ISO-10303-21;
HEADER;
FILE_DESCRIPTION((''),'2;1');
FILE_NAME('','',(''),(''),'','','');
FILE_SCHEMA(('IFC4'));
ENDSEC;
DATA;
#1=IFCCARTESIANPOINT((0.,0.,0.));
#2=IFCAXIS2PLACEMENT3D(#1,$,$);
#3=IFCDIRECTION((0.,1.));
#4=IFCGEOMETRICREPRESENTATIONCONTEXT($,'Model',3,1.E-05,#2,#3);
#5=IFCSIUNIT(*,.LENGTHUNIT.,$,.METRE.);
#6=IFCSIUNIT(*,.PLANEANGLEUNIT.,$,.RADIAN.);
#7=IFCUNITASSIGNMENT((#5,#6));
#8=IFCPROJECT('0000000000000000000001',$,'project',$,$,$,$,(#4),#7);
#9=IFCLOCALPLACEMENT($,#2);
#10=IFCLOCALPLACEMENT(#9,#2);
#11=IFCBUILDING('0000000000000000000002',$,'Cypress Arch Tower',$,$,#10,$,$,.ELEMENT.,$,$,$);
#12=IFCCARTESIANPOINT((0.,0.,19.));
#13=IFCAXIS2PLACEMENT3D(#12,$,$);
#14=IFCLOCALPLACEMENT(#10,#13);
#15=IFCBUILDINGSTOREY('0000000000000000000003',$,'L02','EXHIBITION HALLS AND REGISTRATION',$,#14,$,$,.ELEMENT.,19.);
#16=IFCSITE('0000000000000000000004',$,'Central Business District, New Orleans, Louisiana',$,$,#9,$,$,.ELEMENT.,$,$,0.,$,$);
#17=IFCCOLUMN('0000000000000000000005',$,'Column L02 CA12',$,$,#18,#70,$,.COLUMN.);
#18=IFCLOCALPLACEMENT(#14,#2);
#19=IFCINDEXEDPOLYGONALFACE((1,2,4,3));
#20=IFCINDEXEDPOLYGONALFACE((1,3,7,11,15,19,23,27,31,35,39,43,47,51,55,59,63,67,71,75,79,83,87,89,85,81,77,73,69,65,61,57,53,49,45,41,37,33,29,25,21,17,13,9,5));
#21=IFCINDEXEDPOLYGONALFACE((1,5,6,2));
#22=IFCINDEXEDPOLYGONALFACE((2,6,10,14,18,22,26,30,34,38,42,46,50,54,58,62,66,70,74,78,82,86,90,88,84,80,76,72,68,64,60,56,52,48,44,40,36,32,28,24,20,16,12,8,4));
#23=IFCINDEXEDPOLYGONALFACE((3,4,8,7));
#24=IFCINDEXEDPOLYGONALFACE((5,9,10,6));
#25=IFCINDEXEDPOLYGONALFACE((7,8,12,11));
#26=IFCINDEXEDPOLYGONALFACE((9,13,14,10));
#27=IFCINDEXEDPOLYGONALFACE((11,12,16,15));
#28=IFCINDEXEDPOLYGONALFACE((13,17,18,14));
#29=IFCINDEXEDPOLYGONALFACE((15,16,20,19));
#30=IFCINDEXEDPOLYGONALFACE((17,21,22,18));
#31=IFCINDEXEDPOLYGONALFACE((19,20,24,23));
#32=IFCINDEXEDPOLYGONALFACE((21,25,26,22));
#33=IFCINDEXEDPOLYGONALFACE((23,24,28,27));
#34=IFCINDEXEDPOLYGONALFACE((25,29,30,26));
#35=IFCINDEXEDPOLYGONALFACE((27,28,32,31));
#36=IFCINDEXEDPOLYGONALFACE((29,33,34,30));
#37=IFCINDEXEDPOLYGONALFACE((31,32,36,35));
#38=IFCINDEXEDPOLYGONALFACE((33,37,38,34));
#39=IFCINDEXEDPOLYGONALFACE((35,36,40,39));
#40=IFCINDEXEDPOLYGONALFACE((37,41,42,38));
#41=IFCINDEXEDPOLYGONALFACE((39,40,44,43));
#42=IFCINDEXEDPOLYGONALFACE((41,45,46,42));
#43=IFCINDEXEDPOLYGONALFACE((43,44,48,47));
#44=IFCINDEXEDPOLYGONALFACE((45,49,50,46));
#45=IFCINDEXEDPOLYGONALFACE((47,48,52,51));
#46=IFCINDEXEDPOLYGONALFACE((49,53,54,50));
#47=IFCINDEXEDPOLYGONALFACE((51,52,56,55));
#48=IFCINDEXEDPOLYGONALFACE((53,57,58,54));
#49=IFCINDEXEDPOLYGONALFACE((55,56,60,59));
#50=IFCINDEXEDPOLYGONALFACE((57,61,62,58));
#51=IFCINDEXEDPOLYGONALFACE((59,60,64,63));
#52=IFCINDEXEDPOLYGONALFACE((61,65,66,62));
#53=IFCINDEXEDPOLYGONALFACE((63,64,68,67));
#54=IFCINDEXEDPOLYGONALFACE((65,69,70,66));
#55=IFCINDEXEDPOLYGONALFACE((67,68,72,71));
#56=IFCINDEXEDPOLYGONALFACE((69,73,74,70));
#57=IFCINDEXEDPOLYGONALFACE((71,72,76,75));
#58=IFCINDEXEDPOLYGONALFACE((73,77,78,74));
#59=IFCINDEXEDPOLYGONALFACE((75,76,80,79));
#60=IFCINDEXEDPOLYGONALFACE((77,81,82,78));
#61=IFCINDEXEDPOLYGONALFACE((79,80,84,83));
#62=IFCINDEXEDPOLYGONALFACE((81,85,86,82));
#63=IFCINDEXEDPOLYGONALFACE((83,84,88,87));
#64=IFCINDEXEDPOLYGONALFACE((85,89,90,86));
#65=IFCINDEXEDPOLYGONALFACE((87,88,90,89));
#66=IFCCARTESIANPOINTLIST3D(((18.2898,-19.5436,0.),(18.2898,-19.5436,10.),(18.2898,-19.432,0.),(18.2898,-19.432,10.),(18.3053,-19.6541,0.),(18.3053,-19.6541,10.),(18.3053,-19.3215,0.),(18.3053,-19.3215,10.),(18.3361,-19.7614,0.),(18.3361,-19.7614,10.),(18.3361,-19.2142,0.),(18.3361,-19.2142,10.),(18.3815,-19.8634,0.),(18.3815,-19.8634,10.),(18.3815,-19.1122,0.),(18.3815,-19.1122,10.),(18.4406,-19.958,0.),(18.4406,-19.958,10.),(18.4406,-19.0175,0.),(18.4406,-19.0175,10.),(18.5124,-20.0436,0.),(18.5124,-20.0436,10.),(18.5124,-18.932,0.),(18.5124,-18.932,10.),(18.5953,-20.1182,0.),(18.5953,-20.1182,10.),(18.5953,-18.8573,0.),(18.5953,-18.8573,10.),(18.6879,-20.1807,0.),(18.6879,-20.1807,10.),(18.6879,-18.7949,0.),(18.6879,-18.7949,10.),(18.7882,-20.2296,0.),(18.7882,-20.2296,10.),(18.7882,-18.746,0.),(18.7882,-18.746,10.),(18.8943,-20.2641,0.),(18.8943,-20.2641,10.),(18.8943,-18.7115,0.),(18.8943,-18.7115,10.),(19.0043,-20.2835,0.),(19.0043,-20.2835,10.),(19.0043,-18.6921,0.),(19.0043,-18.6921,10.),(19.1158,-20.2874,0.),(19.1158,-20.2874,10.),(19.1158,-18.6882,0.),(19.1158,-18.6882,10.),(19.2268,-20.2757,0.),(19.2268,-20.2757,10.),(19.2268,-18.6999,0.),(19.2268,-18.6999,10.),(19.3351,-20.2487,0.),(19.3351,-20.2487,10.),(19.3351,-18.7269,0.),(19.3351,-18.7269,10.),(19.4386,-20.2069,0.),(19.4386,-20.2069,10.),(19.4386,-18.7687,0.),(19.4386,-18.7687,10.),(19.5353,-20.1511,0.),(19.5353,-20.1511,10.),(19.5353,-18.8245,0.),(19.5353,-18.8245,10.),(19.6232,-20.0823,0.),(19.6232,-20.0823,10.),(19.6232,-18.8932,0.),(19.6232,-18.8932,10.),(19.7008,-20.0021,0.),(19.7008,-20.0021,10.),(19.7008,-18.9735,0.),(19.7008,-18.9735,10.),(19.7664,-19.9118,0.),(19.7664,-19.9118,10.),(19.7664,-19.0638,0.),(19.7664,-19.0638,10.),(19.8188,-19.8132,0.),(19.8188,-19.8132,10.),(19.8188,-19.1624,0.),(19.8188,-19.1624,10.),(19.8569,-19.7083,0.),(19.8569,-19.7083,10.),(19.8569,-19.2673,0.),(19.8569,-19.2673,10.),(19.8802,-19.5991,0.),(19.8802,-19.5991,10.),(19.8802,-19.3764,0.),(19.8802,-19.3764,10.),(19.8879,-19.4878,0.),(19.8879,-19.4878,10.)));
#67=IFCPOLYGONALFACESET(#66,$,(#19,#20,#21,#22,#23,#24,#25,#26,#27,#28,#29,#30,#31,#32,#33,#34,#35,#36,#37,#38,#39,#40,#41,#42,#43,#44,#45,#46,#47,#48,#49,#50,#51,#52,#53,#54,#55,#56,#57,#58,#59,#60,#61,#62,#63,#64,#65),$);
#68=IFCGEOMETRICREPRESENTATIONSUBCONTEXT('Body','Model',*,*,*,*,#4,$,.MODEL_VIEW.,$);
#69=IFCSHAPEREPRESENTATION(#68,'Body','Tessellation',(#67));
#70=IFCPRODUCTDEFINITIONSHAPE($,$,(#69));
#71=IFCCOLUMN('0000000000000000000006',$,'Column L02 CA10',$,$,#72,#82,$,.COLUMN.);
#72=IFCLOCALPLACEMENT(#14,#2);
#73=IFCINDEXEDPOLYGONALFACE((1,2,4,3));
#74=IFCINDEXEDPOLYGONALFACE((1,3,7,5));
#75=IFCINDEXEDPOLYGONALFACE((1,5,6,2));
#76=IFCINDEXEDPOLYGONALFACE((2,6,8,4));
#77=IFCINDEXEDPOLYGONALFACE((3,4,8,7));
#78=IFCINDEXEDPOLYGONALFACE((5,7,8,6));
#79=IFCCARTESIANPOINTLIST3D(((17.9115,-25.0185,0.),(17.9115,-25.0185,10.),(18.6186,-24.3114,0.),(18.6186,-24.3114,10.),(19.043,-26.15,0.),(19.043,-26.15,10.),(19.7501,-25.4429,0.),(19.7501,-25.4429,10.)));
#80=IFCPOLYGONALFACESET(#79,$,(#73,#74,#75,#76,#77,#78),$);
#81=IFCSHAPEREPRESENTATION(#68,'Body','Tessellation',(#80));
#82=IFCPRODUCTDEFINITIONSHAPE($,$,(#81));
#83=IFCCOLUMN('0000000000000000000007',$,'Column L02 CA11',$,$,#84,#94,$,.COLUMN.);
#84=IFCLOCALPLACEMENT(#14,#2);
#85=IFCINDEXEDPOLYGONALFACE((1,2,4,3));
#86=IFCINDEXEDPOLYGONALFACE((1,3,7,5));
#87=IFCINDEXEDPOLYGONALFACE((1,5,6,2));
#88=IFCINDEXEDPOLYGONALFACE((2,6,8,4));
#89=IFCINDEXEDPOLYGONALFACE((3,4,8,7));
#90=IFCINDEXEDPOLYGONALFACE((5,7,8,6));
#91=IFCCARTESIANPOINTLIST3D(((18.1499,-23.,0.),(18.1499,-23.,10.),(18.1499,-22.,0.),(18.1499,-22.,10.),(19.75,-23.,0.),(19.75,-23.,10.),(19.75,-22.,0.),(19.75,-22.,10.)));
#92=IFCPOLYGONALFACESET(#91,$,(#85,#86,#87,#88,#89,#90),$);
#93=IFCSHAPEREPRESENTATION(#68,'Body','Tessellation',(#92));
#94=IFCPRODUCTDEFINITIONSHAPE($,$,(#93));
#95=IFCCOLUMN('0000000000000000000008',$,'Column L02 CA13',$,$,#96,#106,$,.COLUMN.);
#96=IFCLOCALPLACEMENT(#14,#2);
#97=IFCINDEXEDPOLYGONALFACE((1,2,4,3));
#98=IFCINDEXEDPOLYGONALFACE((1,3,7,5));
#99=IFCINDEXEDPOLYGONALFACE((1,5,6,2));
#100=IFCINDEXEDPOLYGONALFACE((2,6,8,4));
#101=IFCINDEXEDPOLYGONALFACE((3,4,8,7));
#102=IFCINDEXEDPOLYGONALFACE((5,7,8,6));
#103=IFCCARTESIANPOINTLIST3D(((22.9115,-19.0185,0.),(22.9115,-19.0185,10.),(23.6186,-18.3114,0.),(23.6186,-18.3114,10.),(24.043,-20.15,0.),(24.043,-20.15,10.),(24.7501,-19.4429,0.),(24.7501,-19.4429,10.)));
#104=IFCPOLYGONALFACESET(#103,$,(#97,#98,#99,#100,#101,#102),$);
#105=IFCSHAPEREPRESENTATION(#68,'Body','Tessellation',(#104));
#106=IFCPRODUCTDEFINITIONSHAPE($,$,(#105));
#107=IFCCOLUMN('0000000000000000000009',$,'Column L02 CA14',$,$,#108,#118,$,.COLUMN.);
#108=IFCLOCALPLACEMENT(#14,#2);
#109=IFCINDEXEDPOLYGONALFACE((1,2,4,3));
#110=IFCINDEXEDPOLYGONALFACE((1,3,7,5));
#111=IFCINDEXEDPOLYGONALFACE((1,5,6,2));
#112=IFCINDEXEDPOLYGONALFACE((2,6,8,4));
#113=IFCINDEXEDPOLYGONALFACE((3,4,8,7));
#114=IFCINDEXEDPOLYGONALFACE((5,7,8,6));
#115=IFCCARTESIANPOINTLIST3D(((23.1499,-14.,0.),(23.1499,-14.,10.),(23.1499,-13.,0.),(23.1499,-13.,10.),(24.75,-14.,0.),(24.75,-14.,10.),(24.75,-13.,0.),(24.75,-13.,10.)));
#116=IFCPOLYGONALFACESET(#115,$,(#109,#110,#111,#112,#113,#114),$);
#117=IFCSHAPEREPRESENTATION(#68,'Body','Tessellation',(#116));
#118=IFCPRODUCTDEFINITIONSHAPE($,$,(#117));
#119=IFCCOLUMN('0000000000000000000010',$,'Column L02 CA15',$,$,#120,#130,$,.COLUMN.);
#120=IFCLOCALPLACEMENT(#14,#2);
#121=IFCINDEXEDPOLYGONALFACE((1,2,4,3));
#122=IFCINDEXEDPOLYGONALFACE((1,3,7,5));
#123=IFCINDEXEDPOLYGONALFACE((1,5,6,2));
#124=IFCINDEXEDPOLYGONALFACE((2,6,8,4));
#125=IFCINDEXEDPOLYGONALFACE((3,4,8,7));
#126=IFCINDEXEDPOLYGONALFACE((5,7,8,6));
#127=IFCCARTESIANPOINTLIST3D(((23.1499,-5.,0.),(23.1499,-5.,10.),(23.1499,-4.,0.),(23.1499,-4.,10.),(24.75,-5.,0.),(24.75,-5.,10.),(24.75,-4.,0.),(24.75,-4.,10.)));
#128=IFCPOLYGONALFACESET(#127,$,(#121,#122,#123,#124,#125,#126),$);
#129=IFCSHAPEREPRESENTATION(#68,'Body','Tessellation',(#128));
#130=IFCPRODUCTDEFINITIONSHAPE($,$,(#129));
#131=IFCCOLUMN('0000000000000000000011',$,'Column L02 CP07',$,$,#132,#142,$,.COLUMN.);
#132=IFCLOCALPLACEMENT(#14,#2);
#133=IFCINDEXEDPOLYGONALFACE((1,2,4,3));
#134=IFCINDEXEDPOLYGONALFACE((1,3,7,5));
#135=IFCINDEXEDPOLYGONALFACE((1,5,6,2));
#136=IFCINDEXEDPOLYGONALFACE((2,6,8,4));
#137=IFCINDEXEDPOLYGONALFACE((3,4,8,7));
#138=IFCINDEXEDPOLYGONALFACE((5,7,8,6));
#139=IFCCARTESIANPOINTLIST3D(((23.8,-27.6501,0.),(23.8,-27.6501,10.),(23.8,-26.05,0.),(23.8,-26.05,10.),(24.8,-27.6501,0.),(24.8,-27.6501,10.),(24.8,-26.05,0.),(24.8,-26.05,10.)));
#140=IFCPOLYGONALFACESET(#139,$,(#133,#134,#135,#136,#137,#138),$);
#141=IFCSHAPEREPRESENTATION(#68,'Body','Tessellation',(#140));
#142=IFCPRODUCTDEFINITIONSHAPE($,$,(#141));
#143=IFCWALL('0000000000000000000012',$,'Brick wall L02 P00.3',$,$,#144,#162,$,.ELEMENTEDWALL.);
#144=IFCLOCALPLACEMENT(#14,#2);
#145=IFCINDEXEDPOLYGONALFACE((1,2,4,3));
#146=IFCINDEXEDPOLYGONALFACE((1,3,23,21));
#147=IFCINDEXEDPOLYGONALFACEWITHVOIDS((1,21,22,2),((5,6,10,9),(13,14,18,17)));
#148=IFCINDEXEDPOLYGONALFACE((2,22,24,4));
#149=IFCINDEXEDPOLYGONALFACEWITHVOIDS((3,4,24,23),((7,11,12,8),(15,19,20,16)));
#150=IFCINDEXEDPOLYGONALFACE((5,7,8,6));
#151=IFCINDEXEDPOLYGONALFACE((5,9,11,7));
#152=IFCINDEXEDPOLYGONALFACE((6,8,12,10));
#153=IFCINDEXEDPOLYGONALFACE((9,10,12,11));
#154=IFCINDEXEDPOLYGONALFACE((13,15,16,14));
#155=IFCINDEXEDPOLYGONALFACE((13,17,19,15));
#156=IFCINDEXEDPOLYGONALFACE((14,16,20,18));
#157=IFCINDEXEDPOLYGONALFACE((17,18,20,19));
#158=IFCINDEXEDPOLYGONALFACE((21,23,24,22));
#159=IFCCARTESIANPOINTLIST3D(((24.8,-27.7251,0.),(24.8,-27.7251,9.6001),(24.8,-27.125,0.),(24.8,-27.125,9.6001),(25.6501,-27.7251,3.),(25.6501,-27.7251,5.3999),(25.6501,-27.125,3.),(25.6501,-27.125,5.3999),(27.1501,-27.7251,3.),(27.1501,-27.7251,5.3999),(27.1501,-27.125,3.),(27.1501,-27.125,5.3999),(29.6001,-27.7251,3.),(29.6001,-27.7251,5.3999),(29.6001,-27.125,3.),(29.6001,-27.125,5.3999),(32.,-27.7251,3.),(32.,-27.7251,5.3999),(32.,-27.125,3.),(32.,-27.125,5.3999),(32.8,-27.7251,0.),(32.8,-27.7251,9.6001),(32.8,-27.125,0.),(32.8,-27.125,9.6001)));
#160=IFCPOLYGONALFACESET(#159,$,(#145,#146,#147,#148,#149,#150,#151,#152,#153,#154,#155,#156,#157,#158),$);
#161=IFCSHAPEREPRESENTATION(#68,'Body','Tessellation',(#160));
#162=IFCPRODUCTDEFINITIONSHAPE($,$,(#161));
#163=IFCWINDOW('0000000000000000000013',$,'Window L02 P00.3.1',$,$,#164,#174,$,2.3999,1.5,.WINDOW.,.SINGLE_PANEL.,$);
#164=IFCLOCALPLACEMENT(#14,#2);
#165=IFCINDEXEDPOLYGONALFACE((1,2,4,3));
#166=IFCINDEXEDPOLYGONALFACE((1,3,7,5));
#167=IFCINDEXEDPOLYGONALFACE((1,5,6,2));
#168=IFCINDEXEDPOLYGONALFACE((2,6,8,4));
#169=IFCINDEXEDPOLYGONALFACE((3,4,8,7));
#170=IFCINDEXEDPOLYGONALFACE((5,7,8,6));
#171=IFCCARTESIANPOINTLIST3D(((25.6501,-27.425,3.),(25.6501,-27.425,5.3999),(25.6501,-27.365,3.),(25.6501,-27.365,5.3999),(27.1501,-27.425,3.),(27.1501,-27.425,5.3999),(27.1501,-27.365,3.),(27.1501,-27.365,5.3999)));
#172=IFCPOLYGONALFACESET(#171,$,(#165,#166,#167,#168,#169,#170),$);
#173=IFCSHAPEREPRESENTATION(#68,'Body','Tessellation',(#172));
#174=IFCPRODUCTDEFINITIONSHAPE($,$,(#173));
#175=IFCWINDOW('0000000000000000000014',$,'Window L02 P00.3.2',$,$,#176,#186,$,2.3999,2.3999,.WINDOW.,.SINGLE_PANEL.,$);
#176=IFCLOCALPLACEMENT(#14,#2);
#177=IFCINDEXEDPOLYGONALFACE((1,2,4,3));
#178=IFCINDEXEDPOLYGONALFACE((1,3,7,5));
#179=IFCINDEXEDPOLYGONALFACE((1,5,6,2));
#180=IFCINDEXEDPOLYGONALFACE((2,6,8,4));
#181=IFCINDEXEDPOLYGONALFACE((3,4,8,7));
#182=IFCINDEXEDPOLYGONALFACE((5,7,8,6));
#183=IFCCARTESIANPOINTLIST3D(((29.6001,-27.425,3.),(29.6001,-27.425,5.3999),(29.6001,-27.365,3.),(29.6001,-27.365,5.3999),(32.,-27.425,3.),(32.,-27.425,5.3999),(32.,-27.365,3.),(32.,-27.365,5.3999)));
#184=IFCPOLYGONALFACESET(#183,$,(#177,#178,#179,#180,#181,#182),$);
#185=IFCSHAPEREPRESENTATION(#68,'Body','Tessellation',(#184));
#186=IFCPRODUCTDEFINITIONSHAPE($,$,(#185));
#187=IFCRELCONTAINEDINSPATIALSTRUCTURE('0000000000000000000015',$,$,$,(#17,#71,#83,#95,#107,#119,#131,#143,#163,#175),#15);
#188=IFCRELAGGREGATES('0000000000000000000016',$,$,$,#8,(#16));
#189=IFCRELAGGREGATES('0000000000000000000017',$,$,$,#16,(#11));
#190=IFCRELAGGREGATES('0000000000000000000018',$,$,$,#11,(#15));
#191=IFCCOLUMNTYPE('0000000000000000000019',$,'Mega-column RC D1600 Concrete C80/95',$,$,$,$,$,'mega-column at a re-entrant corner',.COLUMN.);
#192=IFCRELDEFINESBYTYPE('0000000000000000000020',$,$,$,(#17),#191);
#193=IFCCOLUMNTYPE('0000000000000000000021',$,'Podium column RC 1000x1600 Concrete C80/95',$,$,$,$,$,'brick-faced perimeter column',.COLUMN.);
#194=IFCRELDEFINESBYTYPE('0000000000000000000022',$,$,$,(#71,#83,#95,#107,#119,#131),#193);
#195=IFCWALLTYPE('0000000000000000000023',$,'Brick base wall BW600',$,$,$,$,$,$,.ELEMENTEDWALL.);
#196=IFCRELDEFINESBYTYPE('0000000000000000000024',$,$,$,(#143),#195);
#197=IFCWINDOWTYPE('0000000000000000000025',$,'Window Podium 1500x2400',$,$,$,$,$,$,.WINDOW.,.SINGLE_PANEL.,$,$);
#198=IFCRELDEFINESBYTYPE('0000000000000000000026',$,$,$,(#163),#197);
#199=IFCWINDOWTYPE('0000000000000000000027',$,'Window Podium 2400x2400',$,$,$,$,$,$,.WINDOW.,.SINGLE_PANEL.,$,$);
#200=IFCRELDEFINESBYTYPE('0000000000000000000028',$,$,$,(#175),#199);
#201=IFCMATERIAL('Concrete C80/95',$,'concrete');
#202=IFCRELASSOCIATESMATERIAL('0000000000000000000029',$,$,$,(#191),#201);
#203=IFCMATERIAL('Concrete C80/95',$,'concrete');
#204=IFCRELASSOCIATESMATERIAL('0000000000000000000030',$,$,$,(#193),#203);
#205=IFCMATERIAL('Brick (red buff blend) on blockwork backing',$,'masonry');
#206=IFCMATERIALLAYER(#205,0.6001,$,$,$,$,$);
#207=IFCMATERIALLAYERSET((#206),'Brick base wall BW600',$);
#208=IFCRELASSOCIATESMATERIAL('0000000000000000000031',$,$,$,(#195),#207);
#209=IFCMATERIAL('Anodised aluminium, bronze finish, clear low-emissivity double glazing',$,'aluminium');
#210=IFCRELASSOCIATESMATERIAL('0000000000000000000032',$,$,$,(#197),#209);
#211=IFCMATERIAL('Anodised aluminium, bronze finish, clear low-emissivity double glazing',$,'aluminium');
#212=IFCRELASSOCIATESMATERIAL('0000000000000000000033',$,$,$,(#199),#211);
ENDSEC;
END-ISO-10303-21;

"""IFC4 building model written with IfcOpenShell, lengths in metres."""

from ifc_helpers import new_model, si_unit, direction, frame, frame_2d, origin, origin_2d, place, context, subcontext, project, spatial, rectangle, circle, extrude, material, layer, layer_set, material_profile, profile_set, type_object, element, fill, save


model = new_model("IFC4")

# Units and contexts
model_context = context("Model", 3, precision=1e-05, world=origin(), true_north=direction((0.0, 1.0)))
body_context = subcontext(model_context, "Body", "Model", "MODEL_VIEW")
ifc_project = project(units=[si_unit("LENGTHUNIT", "METRE"), si_unit("PLANEANGLEUNIT", "RADIAN")], contexts=[model_context])

# Site, building, storey
site_placement = place(None, origin())
site = spatial("IfcSite", under=ifc_project, at=site_placement, Name="Central Business District, New Orleans, Louisiana", CompositionType="ELEMENT", RefElevation=0.0)
building_placement = place(site_placement, origin())
building = spatial("IfcBuilding", under=site, at=building_placement, Name="Cypress Arch Tower", CompositionType="ELEMENT")
storey_placement = place(building_placement, frame((0.0, 0.0, 19.0)))
storey = spatial("IfcBuildingStorey", under=building, at=storey_placement, Name="L02", Description="EXHIBITION HALLS AND REGISTRATION", CompositionType="ELEMENT", Elevation=19.0)

# Columns
ifc_material_1 = material(Name="Concrete C80/95", Category="concrete")
ifc_material_profile_1 = material_profile(ifc_material_1, circle(Radius=0.8, at=origin_2d()), Name="RC D1600")
ifc_profile_set_1 = profile_set([ifc_material_profile_1], Name="Concrete C80/95")
column_type_1 = type_object("IfcColumnType", Name="Mega-column RC D1600 Concrete C80/95", ElementType="mega-column at a re-entrant corner", PredefinedType="COLUMN", material=ifc_profile_set_1)
column_placement = place(storey_placement, frame((19.0879, -19.4878, 0.0), z_axis=(0.0, 0.0, 1.0), x_axis=(1.0, 0.0, 0.0)))
element("IfcColumn", 1, at=column_placement, inside=storey, type_object=column_type_1, Name="Column L02 CA12", PredefinedType="COLUMN", context=body_context, shape_type="SweptSolid", body=[
    extrude(circle(Radius=0.8, at=origin_2d()), origin(), (0.0, 0.0, 1.0), 10.0),
])
ifc_material_2 = material(Name="Concrete C80/95", Category="concrete")
ifc_material_profile_2 = material_profile(ifc_material_2, rectangle(XDim=1.0, YDim=1.6001, at=origin_2d()), Name="RC 1000x1600")
ifc_profile_set_2 = profile_set([ifc_material_profile_2], Name="Concrete C80/95")
column_type_2 = type_object("IfcColumnType", Name="Podium column RC 1000x1600 Concrete C80/95", ElementType="brick-faced perimeter column", PredefinedType="COLUMN", material=ifc_profile_set_2)
for number, where, z_axis, x_axis, name in (
    (2, (18.8308, -25.2307, 0.0), (0.0, 0.0, 1.0), (0.707107, 0.707107, 0.0), "Column L02 CA10"),
    (3, (18.95, -22.5, 0.0), (0.0, 0.0, 1.0), (0.0, 1.0, 0.0), "Column L02 CA11"),
    (4, (23.8308, -19.2307, 0.0), (0.0, 0.0, 1.0), (0.707107, 0.707107, 0.0), "Column L02 CA13"),
    (5, (23.95, -13.5, 0.0), (0.0, 0.0, 1.0), (0.0, 1.0, 0.0), "Column L02 CA14"),
    (6, (23.95, -4.5, 0.0), (0.0, 0.0, 1.0), (0.0, 1.0, 0.0), "Column L02 CA15"),
    (7, (24.3, -26.8501, 0.0), (0.0, 0.0, 1.0), (1.0, 0.0, 0.0), "Column L02 CP07"),
):
    element("IfcColumn", number, at=place(storey_placement, frame(where, z_axis=z_axis, x_axis=x_axis)), inside=storey, type_object=column_type_2, Name=name, PredefinedType="COLUMN", context=body_context, shape_type="SweptSolid", body=[
        extrude(rectangle(XDim=1.0, YDim=1.6001, at=origin_2d()), origin(), (0.0, 0.0, 1.0), 10.0),
    ])

# Wall, openings, windows
ifc_material_3 = material(Name="Brick (red buff blend) on blockwork backing", Category="masonry")
ifc_layer_1 = layer(ifc_material_3, 0.6001)
ifc_layer_set_1 = layer_set([ifc_layer_1], Name="Brick base wall BW600")
wall_type_1 = type_object("IfcWallType", Name="Brick base wall BW600", PredefinedType="ELEMENTEDWALL", material=ifc_layer_set_1)
wall_1_placement = place(storey_placement, frame((24.8, -27.425, 0.0), z_axis=(0.0, 0.0, 1.0), x_axis=(1.0, 0.0, 0.0)))
wall_1 = element("IfcWall", 8, at=wall_1_placement, inside=storey, type_object=wall_type_1, Name="Brick wall L02 P00.3", PredefinedType="ELEMENTEDWALL", context=body_context, shape_type="SweptSolid", body=[
    extrude(rectangle(XDim=8.0, YDim=0.6001, at=frame_2d((4.0, 0.0))), origin(), (0.0, 0.0, 1.0), 9.6001),
])
opening_1_placement = place(wall_1_placement, frame((4.8, 0.0, 3.0)))
opening_1 = element("IfcOpeningElement", 9, at=opening_1_placement, cuts=wall_1, PredefinedType="OPENING", context=body_context, shape_type="SweptSolid", body=[
    extrude(rectangle(XDim=2.3999, YDim=2.3999, at=frame_2d((1.2, 1.2))), frame((0.0, 0.3101, 0.0), z_axis=(0.0, -1.0, 0.0), x_axis=(1.0, 0.0, 0.0)), (0.0, 0.0, 1.0), 0.6201),
])
opening_2_placement = place(wall_1_placement, frame((0.8501, 0.0, 3.0)))
opening_2 = element("IfcOpeningElement", 10, at=opening_2_placement, cuts=wall_1, PredefinedType="OPENING", context=body_context, shape_type="SweptSolid", body=[
    extrude(rectangle(XDim=1.5, YDim=2.3999, at=frame_2d((0.75, 1.2))), frame((0.0, 0.3101, 0.0), z_axis=(0.0, -1.0, 0.0), x_axis=(1.0, 0.0, 0.0)), (0.0, 0.0, 1.0), 0.6201),
])
ifc_material_4 = material(Name="Anodised aluminium, bronze finish, clear low-emissivity double glazing", Category="aluminium")
window_type_1 = type_object("IfcWindowType", Name="Window Podium 1500x2400", PartitioningType="SINGLE_PANEL", PredefinedType="WINDOW", material=ifc_material_4)
window_1_placement = place(opening_2_placement, origin())
window_1 = element("IfcWindow", 11, at=window_1_placement, inside=storey, type_object=window_type_1, Name="Window L02 P00.3.1", OverallHeight=2.3999, OverallWidth=1.5, PartitioningType="SINGLE_PANEL", PredefinedType="WINDOW", context=body_context, shape_type="SweptSolid", body=[
    extrude(rectangle(XDim=1.5, YDim=2.3999, at=frame_2d((0.75, 1.2))), frame((0.0, 0.0601, 0.0), z_axis=(0.0, -1.0, 0.0), x_axis=(1.0, 0.0, 0.0)), (0.0, 0.0, 1.0), 0.0601),
])
fill(opening_2, window_1)
ifc_material_5 = material(Name="Anodised aluminium, bronze finish, clear low-emissivity double glazing", Category="aluminium")
window_type_2 = type_object("IfcWindowType", Name="Window Podium 2400x2400", PartitioningType="SINGLE_PANEL", PredefinedType="WINDOW", material=ifc_material_5)
window_2_placement = place(opening_1_placement, origin())
window_2 = element("IfcWindow", 12, at=window_2_placement, inside=storey, type_object=window_type_2, Name="Window L02 P00.3.2", OverallHeight=2.3999, OverallWidth=2.3999, PartitioningType="SINGLE_PANEL", PredefinedType="WINDOW", context=body_context, shape_type="SweptSolid", body=[
    extrude(rectangle(XDim=2.3999, YDim=2.3999, at=frame_2d((1.2, 1.2))), frame((0.0, 0.0601, 0.0), z_axis=(0.0, -1.0, 0.0), x_axis=(1.0, 0.0, 0.0)), (0.0, 0.0, 1.0), 0.0601),
])
fill(opening_1, window_2)

save(model, "model.ifc")
